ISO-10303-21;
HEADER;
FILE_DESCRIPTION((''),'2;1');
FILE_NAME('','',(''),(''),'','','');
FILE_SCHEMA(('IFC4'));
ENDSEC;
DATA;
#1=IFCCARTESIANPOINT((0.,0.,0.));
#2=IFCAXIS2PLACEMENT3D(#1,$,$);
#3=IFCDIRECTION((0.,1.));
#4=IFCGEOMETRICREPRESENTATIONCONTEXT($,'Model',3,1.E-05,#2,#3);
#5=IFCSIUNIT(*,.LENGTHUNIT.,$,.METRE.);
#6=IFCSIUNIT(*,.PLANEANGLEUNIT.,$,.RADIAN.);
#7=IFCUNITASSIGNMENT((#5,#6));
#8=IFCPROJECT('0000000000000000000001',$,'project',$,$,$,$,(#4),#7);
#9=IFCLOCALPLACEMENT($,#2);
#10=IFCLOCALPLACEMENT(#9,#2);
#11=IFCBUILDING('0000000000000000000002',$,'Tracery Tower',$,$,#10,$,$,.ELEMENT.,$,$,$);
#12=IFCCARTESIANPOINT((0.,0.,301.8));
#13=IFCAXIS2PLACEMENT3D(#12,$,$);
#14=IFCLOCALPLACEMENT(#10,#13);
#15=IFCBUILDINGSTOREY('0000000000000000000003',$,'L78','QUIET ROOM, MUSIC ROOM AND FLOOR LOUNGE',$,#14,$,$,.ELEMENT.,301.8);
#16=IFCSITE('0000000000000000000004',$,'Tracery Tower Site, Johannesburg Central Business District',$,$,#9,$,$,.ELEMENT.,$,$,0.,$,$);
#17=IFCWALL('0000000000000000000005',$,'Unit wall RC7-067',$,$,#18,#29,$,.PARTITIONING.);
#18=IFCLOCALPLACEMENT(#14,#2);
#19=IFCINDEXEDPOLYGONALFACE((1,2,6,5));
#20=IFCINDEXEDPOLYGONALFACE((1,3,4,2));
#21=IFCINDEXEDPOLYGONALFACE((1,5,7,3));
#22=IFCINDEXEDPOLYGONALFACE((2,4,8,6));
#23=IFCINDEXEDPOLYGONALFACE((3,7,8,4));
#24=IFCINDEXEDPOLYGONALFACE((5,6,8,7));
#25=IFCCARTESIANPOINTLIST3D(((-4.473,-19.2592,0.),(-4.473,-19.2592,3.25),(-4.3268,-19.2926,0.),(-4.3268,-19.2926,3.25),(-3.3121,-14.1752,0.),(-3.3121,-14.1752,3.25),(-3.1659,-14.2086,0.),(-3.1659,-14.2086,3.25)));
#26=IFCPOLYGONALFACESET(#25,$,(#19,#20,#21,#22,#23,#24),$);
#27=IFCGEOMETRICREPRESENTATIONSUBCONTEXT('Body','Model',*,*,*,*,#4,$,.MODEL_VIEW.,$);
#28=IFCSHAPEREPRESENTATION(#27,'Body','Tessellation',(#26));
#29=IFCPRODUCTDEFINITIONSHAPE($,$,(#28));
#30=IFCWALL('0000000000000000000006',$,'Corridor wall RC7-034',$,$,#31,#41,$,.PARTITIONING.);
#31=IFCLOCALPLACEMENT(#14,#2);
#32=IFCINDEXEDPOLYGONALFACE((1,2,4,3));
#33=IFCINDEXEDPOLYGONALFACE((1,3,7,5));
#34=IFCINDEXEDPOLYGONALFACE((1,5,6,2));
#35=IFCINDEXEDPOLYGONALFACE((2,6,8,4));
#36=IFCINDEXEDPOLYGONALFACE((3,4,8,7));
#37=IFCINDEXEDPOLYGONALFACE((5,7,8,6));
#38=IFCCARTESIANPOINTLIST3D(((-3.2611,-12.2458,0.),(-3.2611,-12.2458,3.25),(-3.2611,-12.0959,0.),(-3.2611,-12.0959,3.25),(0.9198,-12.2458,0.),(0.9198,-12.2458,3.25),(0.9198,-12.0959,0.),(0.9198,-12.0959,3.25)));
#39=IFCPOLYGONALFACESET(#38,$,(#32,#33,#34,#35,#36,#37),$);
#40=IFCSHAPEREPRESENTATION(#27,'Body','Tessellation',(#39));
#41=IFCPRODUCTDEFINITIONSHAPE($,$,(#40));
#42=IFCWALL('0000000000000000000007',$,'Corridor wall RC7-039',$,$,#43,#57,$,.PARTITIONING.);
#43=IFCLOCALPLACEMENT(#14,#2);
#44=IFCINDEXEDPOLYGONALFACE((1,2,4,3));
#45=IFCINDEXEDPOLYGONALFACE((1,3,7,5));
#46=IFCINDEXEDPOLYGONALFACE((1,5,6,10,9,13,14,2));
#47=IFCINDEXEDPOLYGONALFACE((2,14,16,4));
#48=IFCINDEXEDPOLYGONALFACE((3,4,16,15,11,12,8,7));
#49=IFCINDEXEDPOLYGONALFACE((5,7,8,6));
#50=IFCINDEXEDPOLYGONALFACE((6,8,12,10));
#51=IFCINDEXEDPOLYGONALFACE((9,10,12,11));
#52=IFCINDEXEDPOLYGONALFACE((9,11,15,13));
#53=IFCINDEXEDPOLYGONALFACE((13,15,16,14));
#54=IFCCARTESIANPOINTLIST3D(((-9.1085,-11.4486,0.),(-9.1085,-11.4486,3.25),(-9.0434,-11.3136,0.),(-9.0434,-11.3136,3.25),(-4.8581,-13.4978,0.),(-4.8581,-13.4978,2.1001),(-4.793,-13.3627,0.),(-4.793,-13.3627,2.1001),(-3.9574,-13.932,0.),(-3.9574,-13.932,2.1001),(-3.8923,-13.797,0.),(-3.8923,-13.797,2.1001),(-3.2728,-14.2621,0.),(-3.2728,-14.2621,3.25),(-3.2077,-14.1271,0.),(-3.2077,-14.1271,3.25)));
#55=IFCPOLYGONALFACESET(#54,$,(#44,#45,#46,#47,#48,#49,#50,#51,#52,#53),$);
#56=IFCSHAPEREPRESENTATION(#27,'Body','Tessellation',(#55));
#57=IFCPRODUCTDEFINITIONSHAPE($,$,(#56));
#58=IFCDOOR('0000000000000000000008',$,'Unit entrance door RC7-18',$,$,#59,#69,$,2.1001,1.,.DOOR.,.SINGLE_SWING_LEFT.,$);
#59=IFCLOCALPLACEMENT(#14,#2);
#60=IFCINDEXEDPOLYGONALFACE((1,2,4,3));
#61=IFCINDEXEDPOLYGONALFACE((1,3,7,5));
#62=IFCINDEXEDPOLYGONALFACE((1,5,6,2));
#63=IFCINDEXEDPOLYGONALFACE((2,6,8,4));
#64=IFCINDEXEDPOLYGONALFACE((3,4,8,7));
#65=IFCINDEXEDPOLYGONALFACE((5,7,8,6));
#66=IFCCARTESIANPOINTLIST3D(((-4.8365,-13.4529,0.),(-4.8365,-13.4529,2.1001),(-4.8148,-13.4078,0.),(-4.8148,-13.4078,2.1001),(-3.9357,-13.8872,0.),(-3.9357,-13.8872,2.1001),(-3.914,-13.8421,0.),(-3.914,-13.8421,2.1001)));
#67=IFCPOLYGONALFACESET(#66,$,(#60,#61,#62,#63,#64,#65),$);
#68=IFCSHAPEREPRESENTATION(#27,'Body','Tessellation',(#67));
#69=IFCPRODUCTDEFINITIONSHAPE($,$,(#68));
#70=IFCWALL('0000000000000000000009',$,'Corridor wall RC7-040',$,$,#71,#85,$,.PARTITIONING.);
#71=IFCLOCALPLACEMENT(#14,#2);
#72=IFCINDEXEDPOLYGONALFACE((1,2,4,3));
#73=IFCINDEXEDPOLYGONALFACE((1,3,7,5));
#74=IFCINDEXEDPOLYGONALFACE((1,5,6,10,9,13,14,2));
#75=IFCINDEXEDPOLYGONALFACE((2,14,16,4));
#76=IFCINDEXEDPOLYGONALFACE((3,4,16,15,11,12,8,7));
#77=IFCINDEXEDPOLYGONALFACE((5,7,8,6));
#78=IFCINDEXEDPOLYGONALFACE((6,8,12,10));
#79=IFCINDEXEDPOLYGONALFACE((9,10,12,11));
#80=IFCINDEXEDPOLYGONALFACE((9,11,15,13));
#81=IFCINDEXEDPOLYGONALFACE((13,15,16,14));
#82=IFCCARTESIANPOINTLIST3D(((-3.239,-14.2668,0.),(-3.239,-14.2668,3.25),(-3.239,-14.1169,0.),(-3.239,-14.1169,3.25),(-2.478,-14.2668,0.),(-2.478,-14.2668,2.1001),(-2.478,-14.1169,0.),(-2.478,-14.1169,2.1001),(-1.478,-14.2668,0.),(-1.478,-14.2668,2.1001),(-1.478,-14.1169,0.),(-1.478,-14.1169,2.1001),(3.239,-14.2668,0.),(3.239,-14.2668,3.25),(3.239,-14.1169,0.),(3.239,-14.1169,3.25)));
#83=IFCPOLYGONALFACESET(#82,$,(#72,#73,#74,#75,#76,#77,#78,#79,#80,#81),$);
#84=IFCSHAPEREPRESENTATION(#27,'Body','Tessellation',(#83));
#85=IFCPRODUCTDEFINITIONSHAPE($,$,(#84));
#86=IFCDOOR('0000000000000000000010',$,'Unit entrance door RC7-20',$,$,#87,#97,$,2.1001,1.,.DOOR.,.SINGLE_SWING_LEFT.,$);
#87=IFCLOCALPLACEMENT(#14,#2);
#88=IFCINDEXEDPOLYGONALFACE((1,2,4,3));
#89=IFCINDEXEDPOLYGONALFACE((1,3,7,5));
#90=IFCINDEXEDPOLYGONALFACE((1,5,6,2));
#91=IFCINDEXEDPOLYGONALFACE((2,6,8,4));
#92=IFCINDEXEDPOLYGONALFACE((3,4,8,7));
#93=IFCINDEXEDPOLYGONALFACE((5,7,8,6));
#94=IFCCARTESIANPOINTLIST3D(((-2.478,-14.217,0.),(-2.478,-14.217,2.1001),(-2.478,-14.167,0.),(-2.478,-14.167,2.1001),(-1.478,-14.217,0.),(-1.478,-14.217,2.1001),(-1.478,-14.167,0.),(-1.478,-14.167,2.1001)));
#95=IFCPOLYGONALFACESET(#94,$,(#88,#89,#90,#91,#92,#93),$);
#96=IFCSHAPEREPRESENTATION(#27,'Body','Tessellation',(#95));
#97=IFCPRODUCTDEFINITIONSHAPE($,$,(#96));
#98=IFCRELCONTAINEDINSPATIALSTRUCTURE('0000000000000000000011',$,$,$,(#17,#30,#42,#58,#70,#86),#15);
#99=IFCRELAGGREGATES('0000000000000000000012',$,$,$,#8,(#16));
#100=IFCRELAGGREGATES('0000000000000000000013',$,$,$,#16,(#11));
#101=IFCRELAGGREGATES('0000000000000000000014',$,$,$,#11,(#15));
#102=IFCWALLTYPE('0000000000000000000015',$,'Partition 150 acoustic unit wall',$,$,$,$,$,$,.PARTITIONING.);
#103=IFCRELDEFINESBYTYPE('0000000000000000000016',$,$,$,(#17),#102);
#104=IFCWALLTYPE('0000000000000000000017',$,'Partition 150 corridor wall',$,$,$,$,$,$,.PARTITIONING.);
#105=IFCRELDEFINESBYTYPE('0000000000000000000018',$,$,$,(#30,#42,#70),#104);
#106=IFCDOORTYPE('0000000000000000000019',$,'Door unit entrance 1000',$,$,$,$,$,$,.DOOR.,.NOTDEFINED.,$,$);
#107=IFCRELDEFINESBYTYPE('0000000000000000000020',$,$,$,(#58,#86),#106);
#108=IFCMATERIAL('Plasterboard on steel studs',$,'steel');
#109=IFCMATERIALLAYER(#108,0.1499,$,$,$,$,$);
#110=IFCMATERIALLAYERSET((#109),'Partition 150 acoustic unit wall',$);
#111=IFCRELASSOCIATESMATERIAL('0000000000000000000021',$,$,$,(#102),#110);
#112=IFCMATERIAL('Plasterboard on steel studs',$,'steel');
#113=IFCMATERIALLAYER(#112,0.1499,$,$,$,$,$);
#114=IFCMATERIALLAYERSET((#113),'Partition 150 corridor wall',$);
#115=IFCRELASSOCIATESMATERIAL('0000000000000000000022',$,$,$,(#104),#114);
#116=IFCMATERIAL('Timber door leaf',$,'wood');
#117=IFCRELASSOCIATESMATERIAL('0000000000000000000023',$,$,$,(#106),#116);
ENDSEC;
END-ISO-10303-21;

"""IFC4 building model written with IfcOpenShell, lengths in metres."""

from ifc_helpers import new_model, si_unit, direction, frame, frame_2d, origin, place, context, subcontext, project, spatial, rectangle, extrude, material, layer, layer_set, type_object, element, fill, save


model = new_model("IFC4")

# Units and contexts
model_context = context("Model", 3, precision=1e-05, world=origin(), true_north=direction((0.0, 1.0)))
body_context = subcontext(model_context, "Body", "Model", "MODEL_VIEW")
ifc_project = project(units=[si_unit("LENGTHUNIT", "METRE"), si_unit("PLANEANGLEUNIT", "RADIAN")], contexts=[model_context])

# Site, building, storey
site_placement = place(None, origin())
site = spatial("IfcSite", under=ifc_project, at=site_placement, Name="Tracery Tower Site, Johannesburg Central Business District", CompositionType="ELEMENT", RefElevation=0.0)
building_placement = place(site_placement, origin())
building = spatial("IfcBuilding", under=site, at=building_placement, Name="Tracery Tower", CompositionType="ELEMENT")
storey_placement = place(building_placement, frame((0.0, 0.0, 301.8)))
storey = spatial("IfcBuildingStorey", under=building, at=storey_placement, Name="L78", Description="QUIET ROOM, MUSIC ROOM AND FLOOR LOUNGE", CompositionType="ELEMENT", Elevation=301.8)

# Walls
ifc_material_1 = material(Name="Plasterboard on steel studs", Category="steel")
ifc_layer_1 = layer(ifc_material_1, 0.1499)
ifc_layer_set_1 = layer_set([ifc_layer_1], Name="Partition 150 acoustic unit wall")
wall_type_1 = type_object("IfcWallType", Name="Partition 150 acoustic unit wall", PredefinedType="PARTITIONING", material=ifc_layer_set_1)
wall_1_placement = place(storey_placement, frame((-4.3999, -19.2759, 0.0), z_axis=(0.0, 0.0, 1.0), x_axis=(0.222613, 0.974907, 0.0)))
element("IfcWall", 1, at=wall_1_placement, inside=storey, type_object=wall_type_1, Name="Unit wall RC7-067", PredefinedType="PARTITIONING", context=body_context, shape_type="SweptSolid", body=[
    extrude(rectangle(XDim=5.2148, YDim=0.1499, at=frame_2d((2.6074, 0.0))), origin(), (0.0, 0.0, 1.0), 3.25),
])
ifc_material_2 = material(Name="Plasterboard on steel studs", Category="steel")
ifc_layer_2 = layer(ifc_material_2, 0.1499)
ifc_layer_set_2 = layer_set([ifc_layer_2], Name="Partition 150 corridor wall")
wall_type_2 = type_object("IfcWallType", Name="Partition 150 corridor wall", PredefinedType="PARTITIONING", material=ifc_layer_set_2)
wall_2_placement = place(storey_placement, frame((-3.261, -12.1709, 0.0), z_axis=(0.0, 0.0, 1.0), x_axis=(1.0, 0.0, 0.0)))
element("IfcWall", 2, at=wall_2_placement, inside=storey, type_object=wall_type_2, Name="Corridor wall RC7-034", PredefinedType="PARTITIONING", context=body_context, shape_type="SweptSolid", body=[
    extrude(rectangle(XDim=4.1809, YDim=0.1499, at=frame_2d((2.0903, 0.0))), origin(), (0.0, 0.0, 1.0), 3.25),
])

# Walls, openings, doors
wall_3_placement = place(storey_placement, frame((-9.0759, -11.3811, 0.0), z_axis=(0.0, 0.0, 1.0), x_axis=(0.900778, -0.434279, 0.0)))
wall_3 = element("IfcWall", 3, at=wall_3_placement, inside=storey, type_object=wall_type_2, Name="Corridor wall RC7-039", PredefinedType="PARTITIONING", context=body_context, shape_type="SweptSolid", body=[
    extrude(rectangle(XDim=6.4785, YDim=0.1499, at=frame_2d((3.2393, 0.0))), origin(), (0.0, 0.0, 1.0), 3.25),
])
opening_1_placement = place(wall_3_placement, frame((4.7185, 0.0, 0.0)))
opening_1 = element("IfcOpeningElement", 4, at=opening_1_placement, cuts=wall_3, PredefinedType="OPENING", context=body_context, shape_type="SweptSolid", body=[
    extrude(rectangle(XDim=1.0, YDim=2.1001, at=frame_2d((0.5, 1.05))), frame((0.0, 0.075, 0.0), z_axis=(0.0, -1.0, 0.0), x_axis=(1.0, 0.0, 0.0)), (0.0, 0.0, 1.0), 0.1499),
])
ifc_material_3 = material(Name="Timber door leaf", Category="wood")
door_type_1 = type_object("IfcDoorType", Name="Door unit entrance 1000", OperationType="NOTDEFINED", PredefinedType="DOOR", material=ifc_material_3)
door_1_placement = place(opening_1_placement, origin())
door_1 = element("IfcDoor", 5, at=door_1_placement, inside=storey, type_object=door_type_1, Name="Unit entrance door RC7-18", OperationType="SINGLE_SWING_LEFT", OverallHeight=2.1001, OverallWidth=1.0, PredefinedType="DOOR", context=body_context, shape_type="SweptSolid", body=[
    extrude(rectangle(XDim=1.0, YDim=2.1001, at=frame_2d((0.5, 1.05))), frame((0.0, 0.0249, 0.0), z_axis=(0.0, -1.0, 0.0), x_axis=(1.0, 0.0, 0.0)), (0.0, 0.0, 1.0), 0.05),
])
fill(opening_1, door_1)
wall_4_placement = place(storey_placement, frame((-3.239, -14.1919, 0.0), z_axis=(0.0, 0.0, 1.0), x_axis=(1.0, 0.0, 0.0)))
wall_4 = element("IfcWall", 6, at=wall_4_placement, inside=storey, type_object=wall_type_2, Name="Corridor wall RC7-040", PredefinedType="PARTITIONING", context=body_context, shape_type="SweptSolid", body=[
    extrude(rectangle(XDim=6.478, YDim=0.1499, at=frame_2d((3.239, 0.0))), origin(), (0.0, 0.0, 1.0), 3.25),
])
opening_2_placement = place(wall_4_placement, frame((0.761, 0.0, 0.0)))
opening_2 = element("IfcOpeningElement", 7, at=opening_2_placement, cuts=wall_4, PredefinedType="OPENING", context=body_context, shape_type="SweptSolid", body=[
    extrude(rectangle(XDim=1.0, YDim=2.1001, at=frame_2d((0.5, 1.05))), frame((0.0, 0.075, 0.0), z_axis=(0.0, -1.0, 0.0), x_axis=(1.0, 0.0, 0.0)), (0.0, 0.0, 1.0), 0.1499),
])
door_2_placement = place(opening_2_placement, origin())
door_2 = element("IfcDoor", 8, at=door_2_placement, inside=storey, type_object=door_type_1, Name="Unit entrance door RC7-20", OperationType="SINGLE_SWING_LEFT", OverallHeight=2.1001, OverallWidth=1.0, PredefinedType="DOOR", context=body_context, shape_type="SweptSolid", body=[
    extrude(rectangle(XDim=1.0, YDim=2.1001, at=frame_2d((0.5, 1.05))), frame((0.0, 0.0249, 0.0), z_axis=(0.0, -1.0, 0.0), x_axis=(1.0, 0.0, 0.0)), (0.0, 0.0, 1.0), 0.05),
])
fill(opening_2, door_2)

save(model, "model.ifc")
